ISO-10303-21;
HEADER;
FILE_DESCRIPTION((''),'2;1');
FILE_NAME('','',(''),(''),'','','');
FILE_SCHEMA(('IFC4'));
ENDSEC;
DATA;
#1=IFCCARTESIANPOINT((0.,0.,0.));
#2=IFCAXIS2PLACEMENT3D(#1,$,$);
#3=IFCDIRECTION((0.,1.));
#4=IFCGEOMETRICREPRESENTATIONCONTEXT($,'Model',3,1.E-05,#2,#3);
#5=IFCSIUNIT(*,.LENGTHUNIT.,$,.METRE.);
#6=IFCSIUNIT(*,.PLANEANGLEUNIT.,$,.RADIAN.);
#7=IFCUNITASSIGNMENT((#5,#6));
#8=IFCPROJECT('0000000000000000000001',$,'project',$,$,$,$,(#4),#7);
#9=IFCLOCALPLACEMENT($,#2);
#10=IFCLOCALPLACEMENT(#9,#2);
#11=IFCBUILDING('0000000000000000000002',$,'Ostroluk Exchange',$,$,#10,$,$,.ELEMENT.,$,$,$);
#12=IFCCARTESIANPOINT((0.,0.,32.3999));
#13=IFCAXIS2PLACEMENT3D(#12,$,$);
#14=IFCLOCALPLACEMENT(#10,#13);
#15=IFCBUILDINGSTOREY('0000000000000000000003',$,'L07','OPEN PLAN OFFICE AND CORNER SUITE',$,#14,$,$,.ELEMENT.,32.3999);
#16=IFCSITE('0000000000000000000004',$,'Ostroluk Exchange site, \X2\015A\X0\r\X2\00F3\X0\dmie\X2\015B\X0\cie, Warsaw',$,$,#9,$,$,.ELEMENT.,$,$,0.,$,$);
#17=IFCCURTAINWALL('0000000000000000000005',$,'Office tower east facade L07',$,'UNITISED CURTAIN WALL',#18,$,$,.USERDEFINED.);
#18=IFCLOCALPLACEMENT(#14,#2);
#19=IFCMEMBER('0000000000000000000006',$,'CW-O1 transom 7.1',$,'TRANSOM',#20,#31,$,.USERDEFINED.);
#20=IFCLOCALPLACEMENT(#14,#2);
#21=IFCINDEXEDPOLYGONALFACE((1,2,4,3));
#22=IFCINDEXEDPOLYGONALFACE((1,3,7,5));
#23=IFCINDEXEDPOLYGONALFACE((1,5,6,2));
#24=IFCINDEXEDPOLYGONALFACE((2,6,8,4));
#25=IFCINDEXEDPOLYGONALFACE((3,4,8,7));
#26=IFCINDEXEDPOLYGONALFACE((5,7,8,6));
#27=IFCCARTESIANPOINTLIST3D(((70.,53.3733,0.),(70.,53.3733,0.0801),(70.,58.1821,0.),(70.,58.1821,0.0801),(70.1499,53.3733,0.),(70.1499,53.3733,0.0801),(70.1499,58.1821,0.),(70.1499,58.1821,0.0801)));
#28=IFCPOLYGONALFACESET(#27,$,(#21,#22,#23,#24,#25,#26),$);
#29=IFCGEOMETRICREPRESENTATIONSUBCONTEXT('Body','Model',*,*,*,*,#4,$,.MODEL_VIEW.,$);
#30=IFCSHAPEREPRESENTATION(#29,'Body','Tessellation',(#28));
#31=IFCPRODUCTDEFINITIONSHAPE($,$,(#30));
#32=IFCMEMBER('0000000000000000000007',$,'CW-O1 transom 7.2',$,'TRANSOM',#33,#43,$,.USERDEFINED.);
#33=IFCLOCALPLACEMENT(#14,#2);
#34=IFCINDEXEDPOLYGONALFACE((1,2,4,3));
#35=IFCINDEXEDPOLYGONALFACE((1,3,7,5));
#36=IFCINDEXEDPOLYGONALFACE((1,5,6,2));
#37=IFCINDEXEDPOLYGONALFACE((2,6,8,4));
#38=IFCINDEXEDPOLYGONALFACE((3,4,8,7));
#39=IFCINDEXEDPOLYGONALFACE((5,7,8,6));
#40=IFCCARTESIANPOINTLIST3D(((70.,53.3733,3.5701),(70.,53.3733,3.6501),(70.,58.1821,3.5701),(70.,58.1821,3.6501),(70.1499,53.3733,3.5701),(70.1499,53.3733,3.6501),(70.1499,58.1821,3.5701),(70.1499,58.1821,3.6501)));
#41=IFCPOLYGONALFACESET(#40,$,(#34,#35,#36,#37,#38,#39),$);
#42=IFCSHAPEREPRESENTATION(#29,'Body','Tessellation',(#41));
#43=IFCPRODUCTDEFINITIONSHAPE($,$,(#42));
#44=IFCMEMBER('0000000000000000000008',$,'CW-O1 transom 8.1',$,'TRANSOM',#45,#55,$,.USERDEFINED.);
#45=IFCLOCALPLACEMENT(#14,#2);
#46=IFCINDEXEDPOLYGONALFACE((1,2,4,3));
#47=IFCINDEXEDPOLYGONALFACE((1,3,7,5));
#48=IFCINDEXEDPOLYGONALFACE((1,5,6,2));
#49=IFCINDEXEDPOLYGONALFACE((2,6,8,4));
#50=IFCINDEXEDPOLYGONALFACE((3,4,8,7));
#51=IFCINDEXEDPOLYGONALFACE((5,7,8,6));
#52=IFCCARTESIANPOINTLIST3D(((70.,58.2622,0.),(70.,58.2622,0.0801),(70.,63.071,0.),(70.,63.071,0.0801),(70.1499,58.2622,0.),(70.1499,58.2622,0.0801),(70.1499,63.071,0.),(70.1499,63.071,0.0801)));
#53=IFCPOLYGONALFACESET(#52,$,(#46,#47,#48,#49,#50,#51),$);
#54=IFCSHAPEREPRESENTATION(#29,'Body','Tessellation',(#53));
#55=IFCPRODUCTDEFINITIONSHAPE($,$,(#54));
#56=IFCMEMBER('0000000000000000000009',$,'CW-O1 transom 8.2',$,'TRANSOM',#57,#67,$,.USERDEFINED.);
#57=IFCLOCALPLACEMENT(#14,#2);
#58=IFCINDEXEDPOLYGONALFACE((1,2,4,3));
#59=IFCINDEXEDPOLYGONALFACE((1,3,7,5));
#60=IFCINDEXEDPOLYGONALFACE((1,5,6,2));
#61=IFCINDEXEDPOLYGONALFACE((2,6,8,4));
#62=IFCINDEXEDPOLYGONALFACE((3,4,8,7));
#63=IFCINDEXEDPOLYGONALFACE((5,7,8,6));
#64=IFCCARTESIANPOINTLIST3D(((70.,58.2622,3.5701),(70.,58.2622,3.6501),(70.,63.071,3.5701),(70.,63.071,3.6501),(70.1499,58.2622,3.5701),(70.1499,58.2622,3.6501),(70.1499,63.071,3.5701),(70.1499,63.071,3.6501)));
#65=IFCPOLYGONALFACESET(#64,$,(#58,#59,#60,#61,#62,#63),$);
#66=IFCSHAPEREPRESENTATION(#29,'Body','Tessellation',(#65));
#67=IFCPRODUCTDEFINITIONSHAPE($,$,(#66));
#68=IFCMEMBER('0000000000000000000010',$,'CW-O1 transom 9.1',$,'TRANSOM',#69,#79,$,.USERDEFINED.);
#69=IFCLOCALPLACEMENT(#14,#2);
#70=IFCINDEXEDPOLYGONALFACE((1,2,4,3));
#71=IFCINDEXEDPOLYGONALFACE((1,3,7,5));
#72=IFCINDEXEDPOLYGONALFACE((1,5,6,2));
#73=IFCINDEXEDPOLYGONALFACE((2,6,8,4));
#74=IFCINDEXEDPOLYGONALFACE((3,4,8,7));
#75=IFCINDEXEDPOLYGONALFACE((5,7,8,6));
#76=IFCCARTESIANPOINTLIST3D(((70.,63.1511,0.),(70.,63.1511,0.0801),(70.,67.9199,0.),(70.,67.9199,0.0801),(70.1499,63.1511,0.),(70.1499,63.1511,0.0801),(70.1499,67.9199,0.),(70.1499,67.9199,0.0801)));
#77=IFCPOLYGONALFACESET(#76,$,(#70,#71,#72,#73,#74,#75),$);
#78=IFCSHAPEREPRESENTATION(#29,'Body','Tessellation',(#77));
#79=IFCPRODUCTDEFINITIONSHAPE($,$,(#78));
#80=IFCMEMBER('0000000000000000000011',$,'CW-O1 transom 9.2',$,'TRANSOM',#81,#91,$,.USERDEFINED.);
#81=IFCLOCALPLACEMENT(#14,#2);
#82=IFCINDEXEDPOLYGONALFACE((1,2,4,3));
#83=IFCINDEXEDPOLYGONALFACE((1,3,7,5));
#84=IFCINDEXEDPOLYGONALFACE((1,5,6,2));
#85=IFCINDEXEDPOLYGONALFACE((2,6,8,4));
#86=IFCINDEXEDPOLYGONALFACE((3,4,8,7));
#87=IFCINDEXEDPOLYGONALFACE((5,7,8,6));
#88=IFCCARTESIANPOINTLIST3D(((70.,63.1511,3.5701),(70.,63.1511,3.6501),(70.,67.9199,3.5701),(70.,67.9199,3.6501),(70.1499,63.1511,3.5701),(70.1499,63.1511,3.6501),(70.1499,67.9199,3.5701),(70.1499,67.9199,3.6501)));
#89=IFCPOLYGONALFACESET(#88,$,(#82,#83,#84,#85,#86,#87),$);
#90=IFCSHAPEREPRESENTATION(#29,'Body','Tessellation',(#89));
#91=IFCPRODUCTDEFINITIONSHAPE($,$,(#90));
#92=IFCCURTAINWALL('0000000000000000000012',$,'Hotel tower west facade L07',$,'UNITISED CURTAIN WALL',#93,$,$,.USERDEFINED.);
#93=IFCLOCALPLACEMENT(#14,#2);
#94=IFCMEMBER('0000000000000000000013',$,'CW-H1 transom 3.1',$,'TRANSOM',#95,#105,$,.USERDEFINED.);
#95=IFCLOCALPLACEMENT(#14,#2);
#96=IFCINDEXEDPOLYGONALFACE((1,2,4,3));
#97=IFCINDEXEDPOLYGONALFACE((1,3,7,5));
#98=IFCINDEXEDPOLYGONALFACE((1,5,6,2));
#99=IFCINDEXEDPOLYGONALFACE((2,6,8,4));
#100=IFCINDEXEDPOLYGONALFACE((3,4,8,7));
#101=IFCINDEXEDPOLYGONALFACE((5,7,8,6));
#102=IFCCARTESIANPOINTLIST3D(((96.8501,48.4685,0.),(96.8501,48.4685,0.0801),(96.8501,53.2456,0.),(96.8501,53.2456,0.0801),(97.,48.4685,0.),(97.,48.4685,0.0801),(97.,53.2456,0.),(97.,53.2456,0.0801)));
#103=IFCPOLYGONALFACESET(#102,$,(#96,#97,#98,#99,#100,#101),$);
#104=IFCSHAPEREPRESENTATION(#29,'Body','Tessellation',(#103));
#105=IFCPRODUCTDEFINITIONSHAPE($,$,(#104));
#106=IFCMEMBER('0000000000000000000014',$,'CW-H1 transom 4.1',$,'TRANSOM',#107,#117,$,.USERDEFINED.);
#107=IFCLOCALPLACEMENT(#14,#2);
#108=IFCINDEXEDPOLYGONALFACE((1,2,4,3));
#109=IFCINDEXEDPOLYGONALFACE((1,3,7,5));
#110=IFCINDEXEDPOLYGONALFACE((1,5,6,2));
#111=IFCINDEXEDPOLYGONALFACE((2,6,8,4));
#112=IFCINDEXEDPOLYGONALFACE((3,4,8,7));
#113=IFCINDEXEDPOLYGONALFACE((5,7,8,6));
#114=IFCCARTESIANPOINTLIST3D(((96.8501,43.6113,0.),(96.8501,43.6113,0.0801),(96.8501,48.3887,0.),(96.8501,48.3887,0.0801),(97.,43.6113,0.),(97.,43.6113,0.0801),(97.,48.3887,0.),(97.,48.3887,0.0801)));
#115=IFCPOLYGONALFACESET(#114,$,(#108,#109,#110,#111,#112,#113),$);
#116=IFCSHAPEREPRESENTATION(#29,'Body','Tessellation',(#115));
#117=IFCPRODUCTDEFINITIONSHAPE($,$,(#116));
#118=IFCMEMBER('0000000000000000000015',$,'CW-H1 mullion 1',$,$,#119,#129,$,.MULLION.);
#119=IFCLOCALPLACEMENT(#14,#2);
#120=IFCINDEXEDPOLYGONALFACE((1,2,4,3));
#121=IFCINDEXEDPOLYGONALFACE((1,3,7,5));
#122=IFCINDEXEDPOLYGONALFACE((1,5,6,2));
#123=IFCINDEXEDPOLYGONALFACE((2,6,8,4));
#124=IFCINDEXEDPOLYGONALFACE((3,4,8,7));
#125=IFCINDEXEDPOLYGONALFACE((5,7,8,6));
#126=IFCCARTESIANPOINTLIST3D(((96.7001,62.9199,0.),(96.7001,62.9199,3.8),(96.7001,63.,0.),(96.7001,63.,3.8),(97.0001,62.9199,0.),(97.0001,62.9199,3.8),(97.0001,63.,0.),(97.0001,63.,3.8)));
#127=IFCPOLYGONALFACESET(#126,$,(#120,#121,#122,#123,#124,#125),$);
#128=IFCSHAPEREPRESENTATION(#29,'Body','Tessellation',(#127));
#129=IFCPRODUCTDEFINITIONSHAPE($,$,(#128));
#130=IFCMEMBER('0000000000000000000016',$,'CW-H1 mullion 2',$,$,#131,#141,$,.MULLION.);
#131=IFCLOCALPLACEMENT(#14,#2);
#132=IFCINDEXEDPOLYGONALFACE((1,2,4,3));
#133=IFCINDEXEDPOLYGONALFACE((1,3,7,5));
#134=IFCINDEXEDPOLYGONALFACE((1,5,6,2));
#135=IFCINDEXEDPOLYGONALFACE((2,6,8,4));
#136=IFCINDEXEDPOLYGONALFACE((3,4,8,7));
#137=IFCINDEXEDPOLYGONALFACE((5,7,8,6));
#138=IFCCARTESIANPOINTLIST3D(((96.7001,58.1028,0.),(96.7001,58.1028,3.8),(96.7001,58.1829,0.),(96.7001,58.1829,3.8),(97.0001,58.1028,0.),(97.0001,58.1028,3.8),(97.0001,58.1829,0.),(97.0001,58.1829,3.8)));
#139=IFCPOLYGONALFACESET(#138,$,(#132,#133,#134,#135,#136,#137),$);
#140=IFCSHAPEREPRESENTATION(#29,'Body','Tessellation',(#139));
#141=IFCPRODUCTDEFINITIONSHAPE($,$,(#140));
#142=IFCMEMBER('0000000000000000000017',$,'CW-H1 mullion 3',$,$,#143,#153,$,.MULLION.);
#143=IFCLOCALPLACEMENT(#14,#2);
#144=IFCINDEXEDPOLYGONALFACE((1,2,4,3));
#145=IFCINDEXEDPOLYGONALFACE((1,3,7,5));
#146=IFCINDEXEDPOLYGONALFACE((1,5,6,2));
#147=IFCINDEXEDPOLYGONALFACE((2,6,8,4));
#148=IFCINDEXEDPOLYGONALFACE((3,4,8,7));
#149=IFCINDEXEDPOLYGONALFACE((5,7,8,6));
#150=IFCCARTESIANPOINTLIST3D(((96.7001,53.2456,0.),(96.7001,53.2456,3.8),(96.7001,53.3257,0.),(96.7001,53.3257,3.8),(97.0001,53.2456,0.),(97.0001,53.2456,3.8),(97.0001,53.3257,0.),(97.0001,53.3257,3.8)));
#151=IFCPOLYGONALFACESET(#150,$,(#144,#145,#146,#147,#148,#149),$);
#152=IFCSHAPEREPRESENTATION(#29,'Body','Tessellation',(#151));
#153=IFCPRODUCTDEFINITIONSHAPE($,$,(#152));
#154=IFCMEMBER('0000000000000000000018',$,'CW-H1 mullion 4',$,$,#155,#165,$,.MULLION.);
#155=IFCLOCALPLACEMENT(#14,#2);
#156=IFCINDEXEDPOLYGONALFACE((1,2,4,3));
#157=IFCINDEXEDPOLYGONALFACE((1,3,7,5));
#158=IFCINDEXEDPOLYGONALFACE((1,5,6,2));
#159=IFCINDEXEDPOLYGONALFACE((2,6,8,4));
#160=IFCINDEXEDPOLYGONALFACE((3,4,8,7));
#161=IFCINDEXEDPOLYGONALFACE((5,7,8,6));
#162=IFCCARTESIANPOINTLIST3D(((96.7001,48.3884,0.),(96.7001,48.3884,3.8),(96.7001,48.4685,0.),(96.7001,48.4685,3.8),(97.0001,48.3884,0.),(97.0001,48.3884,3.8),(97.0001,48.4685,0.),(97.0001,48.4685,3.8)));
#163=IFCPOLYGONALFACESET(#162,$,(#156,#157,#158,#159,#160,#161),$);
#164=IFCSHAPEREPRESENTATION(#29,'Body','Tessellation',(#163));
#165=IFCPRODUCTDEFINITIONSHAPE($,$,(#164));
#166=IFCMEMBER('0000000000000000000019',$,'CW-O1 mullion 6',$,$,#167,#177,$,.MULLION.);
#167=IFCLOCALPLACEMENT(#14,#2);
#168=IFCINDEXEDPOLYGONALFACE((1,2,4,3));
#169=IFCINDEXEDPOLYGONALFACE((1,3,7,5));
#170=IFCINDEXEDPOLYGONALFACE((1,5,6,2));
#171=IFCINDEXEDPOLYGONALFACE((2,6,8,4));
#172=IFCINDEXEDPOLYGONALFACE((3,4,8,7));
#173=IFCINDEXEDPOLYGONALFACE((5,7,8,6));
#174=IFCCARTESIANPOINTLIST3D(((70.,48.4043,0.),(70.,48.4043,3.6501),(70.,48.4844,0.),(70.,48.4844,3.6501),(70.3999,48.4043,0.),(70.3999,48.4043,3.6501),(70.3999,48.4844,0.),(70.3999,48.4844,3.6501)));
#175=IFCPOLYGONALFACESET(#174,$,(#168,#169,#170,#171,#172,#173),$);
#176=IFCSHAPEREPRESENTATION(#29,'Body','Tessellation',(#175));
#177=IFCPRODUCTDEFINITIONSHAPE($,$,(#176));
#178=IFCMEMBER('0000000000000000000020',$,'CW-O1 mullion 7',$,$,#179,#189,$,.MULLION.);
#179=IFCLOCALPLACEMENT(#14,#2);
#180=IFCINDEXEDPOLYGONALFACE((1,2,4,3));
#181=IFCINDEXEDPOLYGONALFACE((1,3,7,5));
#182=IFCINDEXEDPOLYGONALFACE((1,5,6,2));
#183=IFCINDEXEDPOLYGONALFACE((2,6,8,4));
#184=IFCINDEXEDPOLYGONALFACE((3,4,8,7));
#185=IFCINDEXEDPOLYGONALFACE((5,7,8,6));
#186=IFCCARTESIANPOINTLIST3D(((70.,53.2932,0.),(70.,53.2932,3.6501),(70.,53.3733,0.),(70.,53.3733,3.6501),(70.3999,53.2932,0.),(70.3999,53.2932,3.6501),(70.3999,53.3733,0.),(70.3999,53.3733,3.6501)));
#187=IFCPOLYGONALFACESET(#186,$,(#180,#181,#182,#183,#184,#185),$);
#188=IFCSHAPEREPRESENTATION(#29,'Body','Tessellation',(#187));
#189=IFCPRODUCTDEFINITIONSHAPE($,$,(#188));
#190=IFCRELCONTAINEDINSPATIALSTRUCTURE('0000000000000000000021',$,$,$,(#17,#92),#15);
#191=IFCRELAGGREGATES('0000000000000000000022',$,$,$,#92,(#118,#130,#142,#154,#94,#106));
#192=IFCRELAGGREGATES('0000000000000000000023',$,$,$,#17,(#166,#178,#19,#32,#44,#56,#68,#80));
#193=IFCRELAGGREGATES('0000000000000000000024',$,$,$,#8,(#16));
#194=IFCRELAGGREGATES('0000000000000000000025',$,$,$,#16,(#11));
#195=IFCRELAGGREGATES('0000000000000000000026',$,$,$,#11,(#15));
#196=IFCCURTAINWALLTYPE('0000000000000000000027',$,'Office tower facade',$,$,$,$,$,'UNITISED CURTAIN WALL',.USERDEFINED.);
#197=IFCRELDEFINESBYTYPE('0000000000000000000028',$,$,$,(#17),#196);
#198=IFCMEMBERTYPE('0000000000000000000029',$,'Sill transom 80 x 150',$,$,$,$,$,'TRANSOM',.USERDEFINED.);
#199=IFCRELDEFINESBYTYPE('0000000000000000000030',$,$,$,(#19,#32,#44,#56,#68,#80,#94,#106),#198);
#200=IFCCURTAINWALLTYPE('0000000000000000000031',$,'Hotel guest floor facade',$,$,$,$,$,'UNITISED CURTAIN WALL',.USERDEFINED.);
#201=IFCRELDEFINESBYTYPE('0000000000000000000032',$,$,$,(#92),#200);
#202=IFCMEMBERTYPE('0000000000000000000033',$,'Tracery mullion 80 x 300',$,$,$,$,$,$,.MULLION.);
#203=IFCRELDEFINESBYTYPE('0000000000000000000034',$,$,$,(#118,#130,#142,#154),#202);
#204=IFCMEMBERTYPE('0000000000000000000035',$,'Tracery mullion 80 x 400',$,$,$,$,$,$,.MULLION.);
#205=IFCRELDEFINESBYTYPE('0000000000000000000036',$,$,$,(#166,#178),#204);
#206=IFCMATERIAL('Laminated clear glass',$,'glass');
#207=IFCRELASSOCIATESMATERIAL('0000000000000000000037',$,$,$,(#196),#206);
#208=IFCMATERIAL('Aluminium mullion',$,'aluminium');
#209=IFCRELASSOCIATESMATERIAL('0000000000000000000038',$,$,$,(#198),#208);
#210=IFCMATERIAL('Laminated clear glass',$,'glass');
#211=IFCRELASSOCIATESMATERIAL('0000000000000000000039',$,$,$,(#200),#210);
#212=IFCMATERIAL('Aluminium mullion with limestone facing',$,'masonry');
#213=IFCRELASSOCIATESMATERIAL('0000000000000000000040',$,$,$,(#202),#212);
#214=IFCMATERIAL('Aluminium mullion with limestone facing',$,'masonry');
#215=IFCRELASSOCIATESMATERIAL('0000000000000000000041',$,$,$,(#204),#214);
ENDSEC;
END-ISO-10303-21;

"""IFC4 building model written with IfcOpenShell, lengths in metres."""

from ifc_helpers import new_model, si_unit, direction, frame, origin, origin_2d, place, context, subcontext, project, spatial, rectangle, extrude, material, material_profile, profile_set, type_object, element, aggregate, save


model = new_model("IFC4")

# Units and contexts
model_context = context("Model", 3, precision=1e-05, world=origin(), true_north=direction((0.0, 1.0)))
body_context = subcontext(model_context, "Body", "Model", "MODEL_VIEW")
ifc_project = project(units=[si_unit("LENGTHUNIT", "METRE"), si_unit("PLANEANGLEUNIT", "RADIAN")], contexts=[model_context])

# Site, building, storey
site_placement = place(None, origin())
site = spatial("IfcSite", under=ifc_project, at=site_placement, Name="Ostroluk Exchange site, Śródmieście, Warsaw", CompositionType="ELEMENT", RefElevation=0.0)
building_placement = place(site_placement, origin())
building = spatial("IfcBuilding", under=site, at=building_placement, Name="Ostroluk Exchange", CompositionType="ELEMENT")
storey_placement = place(building_placement, frame((0.0, 0.0, 32.3999)))
storey = spatial("IfcBuildingStorey", under=building, at=storey_placement, Name="L07", Description="OPEN PLAN OFFICE AND CORNER SUITE", CompositionType="ELEMENT", Elevation=32.3999)

# Curtain walls, members
ifc_material_1 = material(Name="Laminated clear glass", Category="glass")
curtain_wall_type_1 = type_object("IfcCurtainWallType", Name="Office tower facade", ElementType="UNITISED CURTAIN WALL", PredefinedType="USERDEFINED", material=ifc_material_1)
curtain_wall_1_placement = place(storey_placement, origin())
curtain_wall_1 = element("IfcCurtainWall", 1, at=curtain_wall_1_placement, inside=storey, type_object=curtain_wall_type_1, Name="Office tower east facade L07", ObjectType="UNITISED CURTAIN WALL", PredefinedType="USERDEFINED")
ifc_material_2 = material(Name="Aluminium mullion", Category="aluminium")
ifc_material_profile_1 = material_profile(ifc_material_2, rectangle(XDim=0.1499, YDim=0.0801, at=origin_2d()), Name="Sill transom 80 x 150")
ifc_profile_set_1 = profile_set([ifc_material_profile_1], Name="Aluminium mullion")
member_type_1 = type_object("IfcMemberType", Name="Sill transom 80 x 150", ElementType="TRANSOM", PredefinedType="USERDEFINED", material=ifc_profile_set_1)
member_1_placement = place(storey_placement, frame((70.075, 53.3733, 0.04), z_axis=(0.0, 1.0, 0.0), x_axis=(-1.0, 0.0, 0.0)))
member_1 = element("IfcMember", 2, at=member_1_placement, type_object=member_type_1, Name="CW-O1 transom 7.1", ObjectType="TRANSOM", PredefinedType="USERDEFINED", context=body_context, shape_type="SweptSolid", body=[
    extrude(rectangle(XDim=0.1499, YDim=0.0801, at=origin_2d()), origin(), (0.0, 0.0, 1.0), 4.8088),
])
member_2_placement = place(storey_placement, frame((70.075, 53.3733, 3.6101), z_axis=(0.0, 1.0, 0.0), x_axis=(-1.0, 0.0, 0.0)))
member_2 = element("IfcMember", 3, at=member_2_placement, type_object=member_type_1, Name="CW-O1 transom 7.2", ObjectType="TRANSOM", PredefinedType="USERDEFINED", context=body_context, shape_type="SweptSolid", body=[
    extrude(rectangle(XDim=0.1499, YDim=0.0801, at=origin_2d()), origin(), (0.0, 0.0, 1.0), 4.8088),
])
member_3_placement = place(storey_placement, frame((70.075, 58.2622, 0.04), z_axis=(0.0, 1.0, 0.0), x_axis=(-1.0, 0.0, 0.0)))
member_3 = element("IfcMember", 4, at=member_3_placement, type_object=member_type_1, Name="CW-O1 transom 8.1", ObjectType="TRANSOM", PredefinedType="USERDEFINED", context=body_context, shape_type="SweptSolid", body=[
    extrude(rectangle(XDim=0.1499, YDim=0.0801, at=origin_2d()), origin(), (0.0, 0.0, 1.0), 4.8088),
])
member_4_placement = place(storey_placement, frame((70.075, 58.2622, 3.6101), z_axis=(0.0, 1.0, 0.0), x_axis=(-1.0, 0.0, 0.0)))
member_4 = element("IfcMember", 5, at=member_4_placement, type_object=member_type_1, Name="CW-O1 transom 8.2", ObjectType="TRANSOM", PredefinedType="USERDEFINED", context=body_context, shape_type="SweptSolid", body=[
    extrude(rectangle(XDim=0.1499, YDim=0.0801, at=origin_2d()), origin(), (0.0, 0.0, 1.0), 4.8088),
])
member_5_placement = place(storey_placement, frame((70.075, 63.1511, 0.04), z_axis=(0.0, 1.0, 0.0), x_axis=(-1.0, 0.0, 0.0)))
member_5 = element("IfcMember", 6, at=member_5_placement, type_object=member_type_1, Name="CW-O1 transom 9.1", ObjectType="TRANSOM", PredefinedType="USERDEFINED", context=body_context, shape_type="SweptSolid", body=[
    extrude(rectangle(XDim=0.1499, YDim=0.0801, at=origin_2d()), origin(), (0.0, 0.0, 1.0), 4.7688),
])
member_6_placement = place(storey_placement, frame((70.075, 63.1511, 3.6101), z_axis=(0.0, 1.0, 0.0), x_axis=(-1.0, 0.0, 0.0)))
member_6 = element("IfcMember", 7, at=member_6_placement, type_object=member_type_1, Name="CW-O1 transom 9.2", ObjectType="TRANSOM", PredefinedType="USERDEFINED", context=body_context, shape_type="SweptSolid", body=[
    extrude(rectangle(XDim=0.1499, YDim=0.0801, at=origin_2d()), origin(), (0.0, 0.0, 1.0), 4.7688),
])
ifc_material_3 = material(Name="Laminated clear glass", Category="glass")
curtain_wall_type_2 = type_object("IfcCurtainWallType", Name="Hotel guest floor facade", ElementType="UNITISED CURTAIN WALL", PredefinedType="USERDEFINED", material=ifc_material_3)
curtain_wall_2_placement = place(storey_placement, origin())
curtain_wall_2 = element("IfcCurtainWall", 8, at=curtain_wall_2_placement, inside=storey, type_object=curtain_wall_type_2, Name="Hotel tower west facade L07", ObjectType="UNITISED CURTAIN WALL", PredefinedType="USERDEFINED")
member_7_placement = place(storey_placement, frame((96.925, 53.2456, 0.04), z_axis=(0.0, -1.0, 0.0), x_axis=(1.0, 0.0, 0.0)))
member_7 = element("IfcMember", 9, at=member_7_placement, type_object=member_type_1, Name="CW-H1 transom 3.1", ObjectType="TRANSOM", PredefinedType="USERDEFINED", context=body_context, shape_type="SweptSolid", body=[
    extrude(rectangle(XDim=0.1499, YDim=0.0801, at=origin_2d()), origin(), (0.0, 0.0, 1.0), 4.7771),
])
member_8_placement = place(storey_placement, frame((96.925, 48.3887, 0.04), z_axis=(0.0, -1.0, 0.0), x_axis=(1.0, 0.0, 0.0)))
member_8 = element("IfcMember", 10, at=member_8_placement, type_object=member_type_1, Name="CW-H1 transom 4.1", ObjectType="TRANSOM", PredefinedType="USERDEFINED", context=body_context, shape_type="SweptSolid", body=[
    extrude(rectangle(XDim=0.1499, YDim=0.0801, at=origin_2d()), origin(), (0.0, 0.0, 1.0), 4.7773),
])
ifc_material_4 = material(Name="Aluminium mullion with limestone facing", Category="masonry")
ifc_material_profile_2 = material_profile(ifc_material_4, rectangle(XDim=0.3, YDim=0.0801, at=origin_2d()), Name="Tracery mullion 80 x 300")
ifc_profile_set_2 = profile_set([ifc_material_profile_2], Name="Aluminium mullion with limestone facing")
member_type_2 = type_object("IfcMemberType", Name="Tracery mullion 80 x 300", PredefinedType="MULLION", material=ifc_profile_set_2)
member_9_placement = place(storey_placement, frame((96.8501, 62.96, 0.0), z_axis=(0.0, 0.0, 1.0), x_axis=(1.0, 0.0, 0.0)))
member_9 = element("IfcMember", 11, at=member_9_placement, type_object=member_type_2, Name="CW-H1 mullion 1", PredefinedType="MULLION", context=body_context, shape_type="SweptSolid", body=[
    extrude(rectangle(XDim=0.3, YDim=0.0801, at=origin_2d()), origin(), (0.0, 0.0, 1.0), 3.8),
])
member_10_placement = place(storey_placement, frame((96.8501, 58.1428, 0.0), z_axis=(0.0, 0.0, 1.0), x_axis=(1.0, 0.0, 0.0)))
member_10 = element("IfcMember", 12, at=member_10_placement, type_object=member_type_2, Name="CW-H1 mullion 2", PredefinedType="MULLION", context=body_context, shape_type="SweptSolid", body=[
    extrude(rectangle(XDim=0.3, YDim=0.0801, at=origin_2d()), origin(), (0.0, 0.0, 1.0), 3.8),
])
member_11_placement = place(storey_placement, frame((96.8501, 53.2856, 0.0), z_axis=(0.0, 0.0, 1.0), x_axis=(1.0, 0.0, 0.0)))
member_11 = element("IfcMember", 13, at=member_11_placement, type_object=member_type_2, Name="CW-H1 mullion 3", PredefinedType="MULLION", context=body_context, shape_type="SweptSolid", body=[
    extrude(rectangle(XDim=0.3, YDim=0.0801, at=origin_2d()), origin(), (0.0, 0.0, 1.0), 3.8),
])
member_12_placement = place(storey_placement, frame((96.8501, 48.4285, 0.0), z_axis=(0.0, 0.0, 1.0), x_axis=(1.0, 0.0, 0.0)))
member_12 = element("IfcMember", 14, at=member_12_placement, type_object=member_type_2, Name="CW-H1 mullion 4", PredefinedType="MULLION", context=body_context, shape_type="SweptSolid", body=[
    extrude(rectangle(XDim=0.3, YDim=0.0801, at=origin_2d()), origin(), (0.0, 0.0, 1.0), 3.8),
])

# Members
ifc_material_5 = material(Name="Aluminium mullion with limestone facing", Category="masonry")
ifc_material_profile_3 = material_profile(ifc_material_5, rectangle(XDim=0.3999, YDim=0.0801, at=origin_2d()), Name="Tracery mullion 80 x 400")
ifc_profile_set_3 = profile_set([ifc_material_profile_3], Name="Aluminium mullion with limestone facing")
member_type_3 = type_object("IfcMemberType", Name="Tracery mullion 80 x 400", PredefinedType="MULLION", material=ifc_profile_set_3)
member_13_placement = place(storey_placement, frame((70.2, 48.4443, 0.0), z_axis=(0.0, 0.0, 1.0), x_axis=(-1.0, 0.0, 0.0)))
member_13 = element("IfcMember", 15, at=member_13_placement, type_object=member_type_3, Name="CW-O1 mullion 6", PredefinedType="MULLION", context=body_context, shape_type="SweptSolid", body=[
    extrude(rectangle(XDim=0.3999, YDim=0.0801, at=origin_2d()), origin(), (0.0, 0.0, 1.0), 3.6501),
])
member_14_placement = place(storey_placement, frame((70.2, 53.3333, 0.0), z_axis=(0.0, 0.0, 1.0), x_axis=(-1.0, 0.0, 0.0)))
member_14 = element("IfcMember", 16, at=member_14_placement, type_object=member_type_3, Name="CW-O1 mullion 7", PredefinedType="MULLION", context=body_context, shape_type="SweptSolid", body=[
    extrude(rectangle(XDim=0.3999, YDim=0.0801, at=origin_2d()), origin(), (0.0, 0.0, 1.0), 3.6501),
])

aggregate(curtain_wall_2, [member_9, member_10, member_11, member_12, member_7, member_8])
aggregate(curtain_wall_1, [member_13, member_14, member_1, member_2, member_3, member_4, member_5, member_6])

save(model, "model.ifc")
